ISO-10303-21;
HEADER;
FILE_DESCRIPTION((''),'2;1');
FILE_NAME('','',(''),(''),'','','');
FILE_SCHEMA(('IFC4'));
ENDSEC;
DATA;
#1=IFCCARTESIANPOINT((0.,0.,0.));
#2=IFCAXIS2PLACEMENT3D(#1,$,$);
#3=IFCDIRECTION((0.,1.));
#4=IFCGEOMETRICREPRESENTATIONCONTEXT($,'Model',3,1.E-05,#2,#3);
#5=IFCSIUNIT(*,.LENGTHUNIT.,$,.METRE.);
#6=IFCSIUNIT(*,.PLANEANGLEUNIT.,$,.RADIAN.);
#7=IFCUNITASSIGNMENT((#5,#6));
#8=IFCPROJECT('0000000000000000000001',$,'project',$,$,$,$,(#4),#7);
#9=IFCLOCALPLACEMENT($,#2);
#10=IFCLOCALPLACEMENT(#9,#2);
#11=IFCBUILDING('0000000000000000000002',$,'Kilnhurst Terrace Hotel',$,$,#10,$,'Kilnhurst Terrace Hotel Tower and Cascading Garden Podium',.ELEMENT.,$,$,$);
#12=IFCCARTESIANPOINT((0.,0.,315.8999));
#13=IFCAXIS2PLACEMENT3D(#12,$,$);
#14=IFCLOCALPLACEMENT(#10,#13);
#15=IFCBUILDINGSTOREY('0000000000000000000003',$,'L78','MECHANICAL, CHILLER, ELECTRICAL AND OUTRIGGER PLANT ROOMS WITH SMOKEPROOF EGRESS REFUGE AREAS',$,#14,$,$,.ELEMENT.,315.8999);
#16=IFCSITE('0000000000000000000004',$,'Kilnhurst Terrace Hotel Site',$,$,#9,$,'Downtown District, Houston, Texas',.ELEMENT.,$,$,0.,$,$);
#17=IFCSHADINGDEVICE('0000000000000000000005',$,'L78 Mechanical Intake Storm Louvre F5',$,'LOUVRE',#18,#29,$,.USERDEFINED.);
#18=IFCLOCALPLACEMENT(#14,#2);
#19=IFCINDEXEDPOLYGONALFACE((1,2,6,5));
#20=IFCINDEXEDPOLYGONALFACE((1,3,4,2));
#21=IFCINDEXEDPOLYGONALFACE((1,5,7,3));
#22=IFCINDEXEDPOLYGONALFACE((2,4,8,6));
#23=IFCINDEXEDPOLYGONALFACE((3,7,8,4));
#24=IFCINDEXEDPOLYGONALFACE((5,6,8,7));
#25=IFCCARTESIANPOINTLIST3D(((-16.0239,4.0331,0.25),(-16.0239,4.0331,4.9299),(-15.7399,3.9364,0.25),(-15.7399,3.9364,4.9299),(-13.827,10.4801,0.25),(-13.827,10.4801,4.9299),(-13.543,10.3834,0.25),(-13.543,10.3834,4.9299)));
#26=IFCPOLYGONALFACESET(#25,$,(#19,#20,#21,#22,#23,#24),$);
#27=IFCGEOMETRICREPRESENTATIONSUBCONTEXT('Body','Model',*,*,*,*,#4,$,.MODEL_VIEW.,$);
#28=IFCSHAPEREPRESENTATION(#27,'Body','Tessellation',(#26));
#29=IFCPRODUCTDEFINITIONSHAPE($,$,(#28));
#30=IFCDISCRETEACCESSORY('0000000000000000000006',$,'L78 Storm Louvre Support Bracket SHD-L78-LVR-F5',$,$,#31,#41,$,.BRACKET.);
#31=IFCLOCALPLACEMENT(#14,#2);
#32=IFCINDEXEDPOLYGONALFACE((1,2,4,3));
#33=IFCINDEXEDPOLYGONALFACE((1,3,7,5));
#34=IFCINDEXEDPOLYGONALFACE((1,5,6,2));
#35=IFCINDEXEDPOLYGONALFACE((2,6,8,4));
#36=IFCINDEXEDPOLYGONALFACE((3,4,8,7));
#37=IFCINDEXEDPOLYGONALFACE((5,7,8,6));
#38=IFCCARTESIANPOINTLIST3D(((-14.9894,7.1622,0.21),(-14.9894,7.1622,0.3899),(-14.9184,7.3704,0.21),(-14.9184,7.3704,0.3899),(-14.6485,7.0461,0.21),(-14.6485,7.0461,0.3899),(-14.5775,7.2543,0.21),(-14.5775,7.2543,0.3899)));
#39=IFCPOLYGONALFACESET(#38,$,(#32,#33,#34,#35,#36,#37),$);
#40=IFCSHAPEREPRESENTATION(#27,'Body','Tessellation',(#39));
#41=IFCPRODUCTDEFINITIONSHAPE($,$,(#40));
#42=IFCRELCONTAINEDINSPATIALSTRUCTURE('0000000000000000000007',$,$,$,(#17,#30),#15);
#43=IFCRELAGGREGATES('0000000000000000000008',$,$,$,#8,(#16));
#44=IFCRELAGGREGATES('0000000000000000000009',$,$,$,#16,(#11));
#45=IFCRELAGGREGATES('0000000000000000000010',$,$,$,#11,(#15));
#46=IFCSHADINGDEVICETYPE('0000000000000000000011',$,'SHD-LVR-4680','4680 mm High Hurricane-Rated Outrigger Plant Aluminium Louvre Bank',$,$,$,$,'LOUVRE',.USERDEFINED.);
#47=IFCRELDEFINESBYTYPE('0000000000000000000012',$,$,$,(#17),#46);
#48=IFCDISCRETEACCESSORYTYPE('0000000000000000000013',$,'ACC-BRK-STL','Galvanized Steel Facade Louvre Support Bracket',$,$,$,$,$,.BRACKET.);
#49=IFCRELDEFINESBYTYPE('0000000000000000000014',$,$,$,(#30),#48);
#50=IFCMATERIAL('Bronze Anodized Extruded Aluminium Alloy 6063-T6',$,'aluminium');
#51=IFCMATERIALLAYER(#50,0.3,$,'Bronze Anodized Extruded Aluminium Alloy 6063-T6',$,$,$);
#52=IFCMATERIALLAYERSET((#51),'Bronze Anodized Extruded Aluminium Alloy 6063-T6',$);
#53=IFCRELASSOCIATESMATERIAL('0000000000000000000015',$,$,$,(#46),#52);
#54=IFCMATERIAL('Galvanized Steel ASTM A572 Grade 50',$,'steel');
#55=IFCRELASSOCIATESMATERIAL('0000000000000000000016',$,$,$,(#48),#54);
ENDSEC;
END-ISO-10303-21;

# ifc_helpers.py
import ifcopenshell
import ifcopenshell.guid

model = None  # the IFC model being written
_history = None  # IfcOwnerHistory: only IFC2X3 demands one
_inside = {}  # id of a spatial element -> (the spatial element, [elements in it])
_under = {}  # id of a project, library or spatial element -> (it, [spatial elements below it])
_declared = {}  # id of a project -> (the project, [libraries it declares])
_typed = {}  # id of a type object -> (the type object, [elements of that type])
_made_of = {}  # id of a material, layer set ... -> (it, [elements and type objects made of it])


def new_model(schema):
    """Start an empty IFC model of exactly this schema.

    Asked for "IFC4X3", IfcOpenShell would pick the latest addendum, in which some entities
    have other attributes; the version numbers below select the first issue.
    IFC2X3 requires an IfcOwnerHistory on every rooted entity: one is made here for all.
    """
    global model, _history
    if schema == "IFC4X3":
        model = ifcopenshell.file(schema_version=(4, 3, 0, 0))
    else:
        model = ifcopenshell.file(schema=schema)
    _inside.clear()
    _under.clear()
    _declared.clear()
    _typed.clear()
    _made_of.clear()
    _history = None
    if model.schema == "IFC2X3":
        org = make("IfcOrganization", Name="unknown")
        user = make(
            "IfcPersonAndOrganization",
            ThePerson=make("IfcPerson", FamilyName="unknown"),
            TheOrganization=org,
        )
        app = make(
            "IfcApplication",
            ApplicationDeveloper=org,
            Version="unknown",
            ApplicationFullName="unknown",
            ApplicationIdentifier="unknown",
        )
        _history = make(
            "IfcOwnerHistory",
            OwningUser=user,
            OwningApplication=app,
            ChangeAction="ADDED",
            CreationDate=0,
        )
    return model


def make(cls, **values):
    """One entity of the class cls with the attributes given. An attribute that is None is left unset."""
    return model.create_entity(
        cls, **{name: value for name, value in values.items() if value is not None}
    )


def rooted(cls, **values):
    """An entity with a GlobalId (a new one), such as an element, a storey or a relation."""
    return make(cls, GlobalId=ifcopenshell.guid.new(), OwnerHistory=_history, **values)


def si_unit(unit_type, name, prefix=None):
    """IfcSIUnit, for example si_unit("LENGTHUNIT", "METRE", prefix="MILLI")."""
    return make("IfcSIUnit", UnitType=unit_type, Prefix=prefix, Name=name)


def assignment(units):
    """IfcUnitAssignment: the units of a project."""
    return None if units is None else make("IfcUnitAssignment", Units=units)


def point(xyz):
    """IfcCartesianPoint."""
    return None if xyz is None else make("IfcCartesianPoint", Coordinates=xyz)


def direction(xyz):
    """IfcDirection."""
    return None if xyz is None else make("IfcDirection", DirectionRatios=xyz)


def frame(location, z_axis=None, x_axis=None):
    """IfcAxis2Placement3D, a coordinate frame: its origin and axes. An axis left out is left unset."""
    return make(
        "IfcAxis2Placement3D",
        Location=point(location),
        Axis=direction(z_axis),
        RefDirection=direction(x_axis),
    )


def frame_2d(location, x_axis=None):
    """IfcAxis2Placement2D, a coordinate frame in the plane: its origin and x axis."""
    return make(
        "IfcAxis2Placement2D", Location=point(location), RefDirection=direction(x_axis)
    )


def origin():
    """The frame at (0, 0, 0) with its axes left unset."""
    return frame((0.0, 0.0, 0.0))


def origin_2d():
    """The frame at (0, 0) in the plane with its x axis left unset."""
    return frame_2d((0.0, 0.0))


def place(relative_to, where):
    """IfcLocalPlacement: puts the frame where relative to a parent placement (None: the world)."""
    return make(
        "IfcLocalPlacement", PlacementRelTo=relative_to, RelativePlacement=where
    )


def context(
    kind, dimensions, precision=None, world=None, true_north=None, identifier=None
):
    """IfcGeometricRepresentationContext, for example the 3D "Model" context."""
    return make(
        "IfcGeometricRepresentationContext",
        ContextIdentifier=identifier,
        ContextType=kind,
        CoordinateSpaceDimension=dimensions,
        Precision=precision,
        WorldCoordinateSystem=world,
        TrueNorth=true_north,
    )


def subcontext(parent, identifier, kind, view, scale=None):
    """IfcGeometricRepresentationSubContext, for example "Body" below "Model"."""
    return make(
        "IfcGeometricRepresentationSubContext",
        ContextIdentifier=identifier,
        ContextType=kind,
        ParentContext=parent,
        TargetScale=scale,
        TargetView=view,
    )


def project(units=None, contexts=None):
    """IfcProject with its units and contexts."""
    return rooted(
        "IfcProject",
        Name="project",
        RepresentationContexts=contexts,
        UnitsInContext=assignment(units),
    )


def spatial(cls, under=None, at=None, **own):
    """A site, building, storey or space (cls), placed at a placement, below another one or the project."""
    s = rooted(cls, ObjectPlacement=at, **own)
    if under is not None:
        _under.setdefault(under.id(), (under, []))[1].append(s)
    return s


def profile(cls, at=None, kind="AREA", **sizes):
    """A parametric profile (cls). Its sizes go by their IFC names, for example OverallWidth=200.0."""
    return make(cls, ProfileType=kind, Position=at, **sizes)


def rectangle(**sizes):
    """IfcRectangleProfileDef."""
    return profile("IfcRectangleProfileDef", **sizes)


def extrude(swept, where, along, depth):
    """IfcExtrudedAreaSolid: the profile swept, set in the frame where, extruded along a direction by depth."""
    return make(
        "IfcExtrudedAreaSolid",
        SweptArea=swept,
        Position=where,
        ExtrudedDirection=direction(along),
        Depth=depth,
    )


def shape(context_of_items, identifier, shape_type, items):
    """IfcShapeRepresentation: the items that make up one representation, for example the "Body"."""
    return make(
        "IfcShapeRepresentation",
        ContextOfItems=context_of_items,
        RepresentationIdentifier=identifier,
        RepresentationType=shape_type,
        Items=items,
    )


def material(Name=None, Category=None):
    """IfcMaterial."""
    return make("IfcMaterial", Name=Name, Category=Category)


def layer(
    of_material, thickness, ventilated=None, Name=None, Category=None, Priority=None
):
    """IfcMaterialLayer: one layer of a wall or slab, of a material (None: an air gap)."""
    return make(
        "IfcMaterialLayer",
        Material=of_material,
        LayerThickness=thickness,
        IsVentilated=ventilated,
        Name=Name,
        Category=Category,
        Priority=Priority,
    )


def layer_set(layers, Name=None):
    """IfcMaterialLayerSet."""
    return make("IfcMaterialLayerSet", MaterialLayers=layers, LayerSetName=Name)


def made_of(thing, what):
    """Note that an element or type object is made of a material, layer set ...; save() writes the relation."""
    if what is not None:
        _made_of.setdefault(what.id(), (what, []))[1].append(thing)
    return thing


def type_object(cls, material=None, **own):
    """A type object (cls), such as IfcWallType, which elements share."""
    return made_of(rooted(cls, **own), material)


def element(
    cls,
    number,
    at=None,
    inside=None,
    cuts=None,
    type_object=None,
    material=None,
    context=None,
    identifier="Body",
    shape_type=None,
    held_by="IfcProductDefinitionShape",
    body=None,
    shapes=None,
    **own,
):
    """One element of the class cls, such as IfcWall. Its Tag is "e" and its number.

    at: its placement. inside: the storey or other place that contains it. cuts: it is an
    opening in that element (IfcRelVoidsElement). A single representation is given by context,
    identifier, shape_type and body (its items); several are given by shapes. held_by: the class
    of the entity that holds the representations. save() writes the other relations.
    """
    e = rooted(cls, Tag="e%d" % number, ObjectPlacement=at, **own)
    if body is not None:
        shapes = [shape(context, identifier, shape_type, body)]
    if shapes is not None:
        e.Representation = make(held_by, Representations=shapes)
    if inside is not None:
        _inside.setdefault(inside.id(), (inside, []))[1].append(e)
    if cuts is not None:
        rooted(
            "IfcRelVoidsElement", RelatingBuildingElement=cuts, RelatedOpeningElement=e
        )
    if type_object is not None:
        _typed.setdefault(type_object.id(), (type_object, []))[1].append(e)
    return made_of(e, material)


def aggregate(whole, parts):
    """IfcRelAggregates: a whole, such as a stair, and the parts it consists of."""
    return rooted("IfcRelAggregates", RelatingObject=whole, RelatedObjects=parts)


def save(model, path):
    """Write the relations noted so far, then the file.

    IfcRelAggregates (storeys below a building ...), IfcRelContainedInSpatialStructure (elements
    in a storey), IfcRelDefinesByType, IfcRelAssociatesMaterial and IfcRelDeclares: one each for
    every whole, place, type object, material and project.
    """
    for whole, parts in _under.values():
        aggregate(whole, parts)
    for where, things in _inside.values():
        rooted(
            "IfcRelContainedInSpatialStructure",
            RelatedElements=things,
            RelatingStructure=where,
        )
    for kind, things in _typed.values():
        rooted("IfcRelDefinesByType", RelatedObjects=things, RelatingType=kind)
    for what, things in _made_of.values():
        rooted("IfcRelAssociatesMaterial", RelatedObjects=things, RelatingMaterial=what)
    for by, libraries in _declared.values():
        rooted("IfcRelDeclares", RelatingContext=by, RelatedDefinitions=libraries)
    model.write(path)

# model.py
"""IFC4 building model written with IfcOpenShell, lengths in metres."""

from ifc_helpers import new_model, si_unit, direction, frame, origin, origin_2d, place, context, subcontext, project, spatial, rectangle, extrude, material, layer, layer_set, type_object, element, save


model = new_model("IFC4")

# Units and contexts
model_context = context("Model", 3, precision=1e-05, world=origin(), true_north=direction((0.0, 1.0)))
body_context = subcontext(model_context, "Body", "Model", "MODEL_VIEW")
ifc_project = project(units=[si_unit("LENGTHUNIT", "METRE"), si_unit("PLANEANGLEUNIT", "RADIAN")], contexts=[model_context])

# Site, building, storey
site_placement = place(None, origin())
site = spatial("IfcSite", under=ifc_project, at=site_placement, Name="Kilnhurst Terrace Hotel Site", LongName="Downtown District, Houston, Texas", CompositionType="ELEMENT", RefElevation=0.0)
building_placement = place(site_placement, origin())
building = spatial("IfcBuilding", under=site, at=building_placement, Name="Kilnhurst Terrace Hotel", LongName="Kilnhurst Terrace Hotel Tower and Cascading Garden Podium", CompositionType="ELEMENT")
storey_placement = place(building_placement, frame((0.0, 0.0, 315.8999)))
storey = spatial("IfcBuildingStorey", under=building, at=storey_placement, Name="L78", Description="MECHANICAL, CHILLER, ELECTRICAL AND OUTRIGGER PLANT ROOMS WITH SMOKEPROOF EGRESS REFUGE AREAS", CompositionType="ELEMENT", Elevation=315.8999)

# Shading device
ifc_material_1 = material(Name="Bronze Anodized Extruded Aluminium Alloy 6063-T6", Category="aluminium")
ifc_layer_1 = layer(ifc_material_1, 0.3, Name="Bronze Anodized Extruded Aluminium Alloy 6063-T6")
ifc_layer_set_1 = layer_set([ifc_layer_1], Name="Bronze Anodized Extruded Aluminium Alloy 6063-T6")
shading_device_type = type_object("IfcShadingDeviceType", Name="SHD-LVR-4680", Description="4680 mm High Hurricane-Rated Outrigger Plant Aluminium Louvre Bank", ElementType="LOUVRE", PredefinedType="USERDEFINED", material=ifc_layer_set_1)
shading_device_placement = place(storey_placement, frame((-14.7834, 7.2083, 0.25), z_axis=(0.0, 0.0, 1.0), x_axis=(-0.322547, -0.946554, 0.0)))
element("IfcShadingDevice", 1, at=shading_device_placement, inside=storey, type_object=shading_device_type, Name="L78 Mechanical Intake Storm Louvre F5", ObjectType="LOUVRE", PredefinedType="USERDEFINED", context=body_context, shape_type="SweptSolid", body=[
    extrude(rectangle(XDim=6.811, YDim=0.3, at=origin_2d()), origin(), (0.0, 0.0, 1.0), 4.6799),
])

# Discrete accessory
ifc_material_2 = material(Name="Galvanized Steel ASTM A572 Grade 50", Category="steel")
discrete_accessory_type = type_object("IfcDiscreteAccessoryType", Name="ACC-BRK-STL", Description="Galvanized Steel Facade Louvre Support Bracket", PredefinedType="BRACKET", material=ifc_material_2)
discrete_accessory_placement = place(storey_placement, frame((-14.7834, 7.2083, 0.21), z_axis=(0.0, 0.0, 1.0), x_axis=(-0.322547, -0.946554, 0.0)))
element("IfcDiscreteAccessory", 2, at=discrete_accessory_placement, inside=storey, type_object=discrete_accessory_type, Name="L78 Storm Louvre Support Bracket SHD-L78-LVR-F5", PredefinedType="BRACKET", context=body_context, shape_type="SweptSolid", body=[
    extrude(rectangle(XDim=0.22, YDim=0.3601, at=origin_2d()), origin(), (0.0, 0.0, 1.0), 0.1799),
])

save(model, "model.ifc")
